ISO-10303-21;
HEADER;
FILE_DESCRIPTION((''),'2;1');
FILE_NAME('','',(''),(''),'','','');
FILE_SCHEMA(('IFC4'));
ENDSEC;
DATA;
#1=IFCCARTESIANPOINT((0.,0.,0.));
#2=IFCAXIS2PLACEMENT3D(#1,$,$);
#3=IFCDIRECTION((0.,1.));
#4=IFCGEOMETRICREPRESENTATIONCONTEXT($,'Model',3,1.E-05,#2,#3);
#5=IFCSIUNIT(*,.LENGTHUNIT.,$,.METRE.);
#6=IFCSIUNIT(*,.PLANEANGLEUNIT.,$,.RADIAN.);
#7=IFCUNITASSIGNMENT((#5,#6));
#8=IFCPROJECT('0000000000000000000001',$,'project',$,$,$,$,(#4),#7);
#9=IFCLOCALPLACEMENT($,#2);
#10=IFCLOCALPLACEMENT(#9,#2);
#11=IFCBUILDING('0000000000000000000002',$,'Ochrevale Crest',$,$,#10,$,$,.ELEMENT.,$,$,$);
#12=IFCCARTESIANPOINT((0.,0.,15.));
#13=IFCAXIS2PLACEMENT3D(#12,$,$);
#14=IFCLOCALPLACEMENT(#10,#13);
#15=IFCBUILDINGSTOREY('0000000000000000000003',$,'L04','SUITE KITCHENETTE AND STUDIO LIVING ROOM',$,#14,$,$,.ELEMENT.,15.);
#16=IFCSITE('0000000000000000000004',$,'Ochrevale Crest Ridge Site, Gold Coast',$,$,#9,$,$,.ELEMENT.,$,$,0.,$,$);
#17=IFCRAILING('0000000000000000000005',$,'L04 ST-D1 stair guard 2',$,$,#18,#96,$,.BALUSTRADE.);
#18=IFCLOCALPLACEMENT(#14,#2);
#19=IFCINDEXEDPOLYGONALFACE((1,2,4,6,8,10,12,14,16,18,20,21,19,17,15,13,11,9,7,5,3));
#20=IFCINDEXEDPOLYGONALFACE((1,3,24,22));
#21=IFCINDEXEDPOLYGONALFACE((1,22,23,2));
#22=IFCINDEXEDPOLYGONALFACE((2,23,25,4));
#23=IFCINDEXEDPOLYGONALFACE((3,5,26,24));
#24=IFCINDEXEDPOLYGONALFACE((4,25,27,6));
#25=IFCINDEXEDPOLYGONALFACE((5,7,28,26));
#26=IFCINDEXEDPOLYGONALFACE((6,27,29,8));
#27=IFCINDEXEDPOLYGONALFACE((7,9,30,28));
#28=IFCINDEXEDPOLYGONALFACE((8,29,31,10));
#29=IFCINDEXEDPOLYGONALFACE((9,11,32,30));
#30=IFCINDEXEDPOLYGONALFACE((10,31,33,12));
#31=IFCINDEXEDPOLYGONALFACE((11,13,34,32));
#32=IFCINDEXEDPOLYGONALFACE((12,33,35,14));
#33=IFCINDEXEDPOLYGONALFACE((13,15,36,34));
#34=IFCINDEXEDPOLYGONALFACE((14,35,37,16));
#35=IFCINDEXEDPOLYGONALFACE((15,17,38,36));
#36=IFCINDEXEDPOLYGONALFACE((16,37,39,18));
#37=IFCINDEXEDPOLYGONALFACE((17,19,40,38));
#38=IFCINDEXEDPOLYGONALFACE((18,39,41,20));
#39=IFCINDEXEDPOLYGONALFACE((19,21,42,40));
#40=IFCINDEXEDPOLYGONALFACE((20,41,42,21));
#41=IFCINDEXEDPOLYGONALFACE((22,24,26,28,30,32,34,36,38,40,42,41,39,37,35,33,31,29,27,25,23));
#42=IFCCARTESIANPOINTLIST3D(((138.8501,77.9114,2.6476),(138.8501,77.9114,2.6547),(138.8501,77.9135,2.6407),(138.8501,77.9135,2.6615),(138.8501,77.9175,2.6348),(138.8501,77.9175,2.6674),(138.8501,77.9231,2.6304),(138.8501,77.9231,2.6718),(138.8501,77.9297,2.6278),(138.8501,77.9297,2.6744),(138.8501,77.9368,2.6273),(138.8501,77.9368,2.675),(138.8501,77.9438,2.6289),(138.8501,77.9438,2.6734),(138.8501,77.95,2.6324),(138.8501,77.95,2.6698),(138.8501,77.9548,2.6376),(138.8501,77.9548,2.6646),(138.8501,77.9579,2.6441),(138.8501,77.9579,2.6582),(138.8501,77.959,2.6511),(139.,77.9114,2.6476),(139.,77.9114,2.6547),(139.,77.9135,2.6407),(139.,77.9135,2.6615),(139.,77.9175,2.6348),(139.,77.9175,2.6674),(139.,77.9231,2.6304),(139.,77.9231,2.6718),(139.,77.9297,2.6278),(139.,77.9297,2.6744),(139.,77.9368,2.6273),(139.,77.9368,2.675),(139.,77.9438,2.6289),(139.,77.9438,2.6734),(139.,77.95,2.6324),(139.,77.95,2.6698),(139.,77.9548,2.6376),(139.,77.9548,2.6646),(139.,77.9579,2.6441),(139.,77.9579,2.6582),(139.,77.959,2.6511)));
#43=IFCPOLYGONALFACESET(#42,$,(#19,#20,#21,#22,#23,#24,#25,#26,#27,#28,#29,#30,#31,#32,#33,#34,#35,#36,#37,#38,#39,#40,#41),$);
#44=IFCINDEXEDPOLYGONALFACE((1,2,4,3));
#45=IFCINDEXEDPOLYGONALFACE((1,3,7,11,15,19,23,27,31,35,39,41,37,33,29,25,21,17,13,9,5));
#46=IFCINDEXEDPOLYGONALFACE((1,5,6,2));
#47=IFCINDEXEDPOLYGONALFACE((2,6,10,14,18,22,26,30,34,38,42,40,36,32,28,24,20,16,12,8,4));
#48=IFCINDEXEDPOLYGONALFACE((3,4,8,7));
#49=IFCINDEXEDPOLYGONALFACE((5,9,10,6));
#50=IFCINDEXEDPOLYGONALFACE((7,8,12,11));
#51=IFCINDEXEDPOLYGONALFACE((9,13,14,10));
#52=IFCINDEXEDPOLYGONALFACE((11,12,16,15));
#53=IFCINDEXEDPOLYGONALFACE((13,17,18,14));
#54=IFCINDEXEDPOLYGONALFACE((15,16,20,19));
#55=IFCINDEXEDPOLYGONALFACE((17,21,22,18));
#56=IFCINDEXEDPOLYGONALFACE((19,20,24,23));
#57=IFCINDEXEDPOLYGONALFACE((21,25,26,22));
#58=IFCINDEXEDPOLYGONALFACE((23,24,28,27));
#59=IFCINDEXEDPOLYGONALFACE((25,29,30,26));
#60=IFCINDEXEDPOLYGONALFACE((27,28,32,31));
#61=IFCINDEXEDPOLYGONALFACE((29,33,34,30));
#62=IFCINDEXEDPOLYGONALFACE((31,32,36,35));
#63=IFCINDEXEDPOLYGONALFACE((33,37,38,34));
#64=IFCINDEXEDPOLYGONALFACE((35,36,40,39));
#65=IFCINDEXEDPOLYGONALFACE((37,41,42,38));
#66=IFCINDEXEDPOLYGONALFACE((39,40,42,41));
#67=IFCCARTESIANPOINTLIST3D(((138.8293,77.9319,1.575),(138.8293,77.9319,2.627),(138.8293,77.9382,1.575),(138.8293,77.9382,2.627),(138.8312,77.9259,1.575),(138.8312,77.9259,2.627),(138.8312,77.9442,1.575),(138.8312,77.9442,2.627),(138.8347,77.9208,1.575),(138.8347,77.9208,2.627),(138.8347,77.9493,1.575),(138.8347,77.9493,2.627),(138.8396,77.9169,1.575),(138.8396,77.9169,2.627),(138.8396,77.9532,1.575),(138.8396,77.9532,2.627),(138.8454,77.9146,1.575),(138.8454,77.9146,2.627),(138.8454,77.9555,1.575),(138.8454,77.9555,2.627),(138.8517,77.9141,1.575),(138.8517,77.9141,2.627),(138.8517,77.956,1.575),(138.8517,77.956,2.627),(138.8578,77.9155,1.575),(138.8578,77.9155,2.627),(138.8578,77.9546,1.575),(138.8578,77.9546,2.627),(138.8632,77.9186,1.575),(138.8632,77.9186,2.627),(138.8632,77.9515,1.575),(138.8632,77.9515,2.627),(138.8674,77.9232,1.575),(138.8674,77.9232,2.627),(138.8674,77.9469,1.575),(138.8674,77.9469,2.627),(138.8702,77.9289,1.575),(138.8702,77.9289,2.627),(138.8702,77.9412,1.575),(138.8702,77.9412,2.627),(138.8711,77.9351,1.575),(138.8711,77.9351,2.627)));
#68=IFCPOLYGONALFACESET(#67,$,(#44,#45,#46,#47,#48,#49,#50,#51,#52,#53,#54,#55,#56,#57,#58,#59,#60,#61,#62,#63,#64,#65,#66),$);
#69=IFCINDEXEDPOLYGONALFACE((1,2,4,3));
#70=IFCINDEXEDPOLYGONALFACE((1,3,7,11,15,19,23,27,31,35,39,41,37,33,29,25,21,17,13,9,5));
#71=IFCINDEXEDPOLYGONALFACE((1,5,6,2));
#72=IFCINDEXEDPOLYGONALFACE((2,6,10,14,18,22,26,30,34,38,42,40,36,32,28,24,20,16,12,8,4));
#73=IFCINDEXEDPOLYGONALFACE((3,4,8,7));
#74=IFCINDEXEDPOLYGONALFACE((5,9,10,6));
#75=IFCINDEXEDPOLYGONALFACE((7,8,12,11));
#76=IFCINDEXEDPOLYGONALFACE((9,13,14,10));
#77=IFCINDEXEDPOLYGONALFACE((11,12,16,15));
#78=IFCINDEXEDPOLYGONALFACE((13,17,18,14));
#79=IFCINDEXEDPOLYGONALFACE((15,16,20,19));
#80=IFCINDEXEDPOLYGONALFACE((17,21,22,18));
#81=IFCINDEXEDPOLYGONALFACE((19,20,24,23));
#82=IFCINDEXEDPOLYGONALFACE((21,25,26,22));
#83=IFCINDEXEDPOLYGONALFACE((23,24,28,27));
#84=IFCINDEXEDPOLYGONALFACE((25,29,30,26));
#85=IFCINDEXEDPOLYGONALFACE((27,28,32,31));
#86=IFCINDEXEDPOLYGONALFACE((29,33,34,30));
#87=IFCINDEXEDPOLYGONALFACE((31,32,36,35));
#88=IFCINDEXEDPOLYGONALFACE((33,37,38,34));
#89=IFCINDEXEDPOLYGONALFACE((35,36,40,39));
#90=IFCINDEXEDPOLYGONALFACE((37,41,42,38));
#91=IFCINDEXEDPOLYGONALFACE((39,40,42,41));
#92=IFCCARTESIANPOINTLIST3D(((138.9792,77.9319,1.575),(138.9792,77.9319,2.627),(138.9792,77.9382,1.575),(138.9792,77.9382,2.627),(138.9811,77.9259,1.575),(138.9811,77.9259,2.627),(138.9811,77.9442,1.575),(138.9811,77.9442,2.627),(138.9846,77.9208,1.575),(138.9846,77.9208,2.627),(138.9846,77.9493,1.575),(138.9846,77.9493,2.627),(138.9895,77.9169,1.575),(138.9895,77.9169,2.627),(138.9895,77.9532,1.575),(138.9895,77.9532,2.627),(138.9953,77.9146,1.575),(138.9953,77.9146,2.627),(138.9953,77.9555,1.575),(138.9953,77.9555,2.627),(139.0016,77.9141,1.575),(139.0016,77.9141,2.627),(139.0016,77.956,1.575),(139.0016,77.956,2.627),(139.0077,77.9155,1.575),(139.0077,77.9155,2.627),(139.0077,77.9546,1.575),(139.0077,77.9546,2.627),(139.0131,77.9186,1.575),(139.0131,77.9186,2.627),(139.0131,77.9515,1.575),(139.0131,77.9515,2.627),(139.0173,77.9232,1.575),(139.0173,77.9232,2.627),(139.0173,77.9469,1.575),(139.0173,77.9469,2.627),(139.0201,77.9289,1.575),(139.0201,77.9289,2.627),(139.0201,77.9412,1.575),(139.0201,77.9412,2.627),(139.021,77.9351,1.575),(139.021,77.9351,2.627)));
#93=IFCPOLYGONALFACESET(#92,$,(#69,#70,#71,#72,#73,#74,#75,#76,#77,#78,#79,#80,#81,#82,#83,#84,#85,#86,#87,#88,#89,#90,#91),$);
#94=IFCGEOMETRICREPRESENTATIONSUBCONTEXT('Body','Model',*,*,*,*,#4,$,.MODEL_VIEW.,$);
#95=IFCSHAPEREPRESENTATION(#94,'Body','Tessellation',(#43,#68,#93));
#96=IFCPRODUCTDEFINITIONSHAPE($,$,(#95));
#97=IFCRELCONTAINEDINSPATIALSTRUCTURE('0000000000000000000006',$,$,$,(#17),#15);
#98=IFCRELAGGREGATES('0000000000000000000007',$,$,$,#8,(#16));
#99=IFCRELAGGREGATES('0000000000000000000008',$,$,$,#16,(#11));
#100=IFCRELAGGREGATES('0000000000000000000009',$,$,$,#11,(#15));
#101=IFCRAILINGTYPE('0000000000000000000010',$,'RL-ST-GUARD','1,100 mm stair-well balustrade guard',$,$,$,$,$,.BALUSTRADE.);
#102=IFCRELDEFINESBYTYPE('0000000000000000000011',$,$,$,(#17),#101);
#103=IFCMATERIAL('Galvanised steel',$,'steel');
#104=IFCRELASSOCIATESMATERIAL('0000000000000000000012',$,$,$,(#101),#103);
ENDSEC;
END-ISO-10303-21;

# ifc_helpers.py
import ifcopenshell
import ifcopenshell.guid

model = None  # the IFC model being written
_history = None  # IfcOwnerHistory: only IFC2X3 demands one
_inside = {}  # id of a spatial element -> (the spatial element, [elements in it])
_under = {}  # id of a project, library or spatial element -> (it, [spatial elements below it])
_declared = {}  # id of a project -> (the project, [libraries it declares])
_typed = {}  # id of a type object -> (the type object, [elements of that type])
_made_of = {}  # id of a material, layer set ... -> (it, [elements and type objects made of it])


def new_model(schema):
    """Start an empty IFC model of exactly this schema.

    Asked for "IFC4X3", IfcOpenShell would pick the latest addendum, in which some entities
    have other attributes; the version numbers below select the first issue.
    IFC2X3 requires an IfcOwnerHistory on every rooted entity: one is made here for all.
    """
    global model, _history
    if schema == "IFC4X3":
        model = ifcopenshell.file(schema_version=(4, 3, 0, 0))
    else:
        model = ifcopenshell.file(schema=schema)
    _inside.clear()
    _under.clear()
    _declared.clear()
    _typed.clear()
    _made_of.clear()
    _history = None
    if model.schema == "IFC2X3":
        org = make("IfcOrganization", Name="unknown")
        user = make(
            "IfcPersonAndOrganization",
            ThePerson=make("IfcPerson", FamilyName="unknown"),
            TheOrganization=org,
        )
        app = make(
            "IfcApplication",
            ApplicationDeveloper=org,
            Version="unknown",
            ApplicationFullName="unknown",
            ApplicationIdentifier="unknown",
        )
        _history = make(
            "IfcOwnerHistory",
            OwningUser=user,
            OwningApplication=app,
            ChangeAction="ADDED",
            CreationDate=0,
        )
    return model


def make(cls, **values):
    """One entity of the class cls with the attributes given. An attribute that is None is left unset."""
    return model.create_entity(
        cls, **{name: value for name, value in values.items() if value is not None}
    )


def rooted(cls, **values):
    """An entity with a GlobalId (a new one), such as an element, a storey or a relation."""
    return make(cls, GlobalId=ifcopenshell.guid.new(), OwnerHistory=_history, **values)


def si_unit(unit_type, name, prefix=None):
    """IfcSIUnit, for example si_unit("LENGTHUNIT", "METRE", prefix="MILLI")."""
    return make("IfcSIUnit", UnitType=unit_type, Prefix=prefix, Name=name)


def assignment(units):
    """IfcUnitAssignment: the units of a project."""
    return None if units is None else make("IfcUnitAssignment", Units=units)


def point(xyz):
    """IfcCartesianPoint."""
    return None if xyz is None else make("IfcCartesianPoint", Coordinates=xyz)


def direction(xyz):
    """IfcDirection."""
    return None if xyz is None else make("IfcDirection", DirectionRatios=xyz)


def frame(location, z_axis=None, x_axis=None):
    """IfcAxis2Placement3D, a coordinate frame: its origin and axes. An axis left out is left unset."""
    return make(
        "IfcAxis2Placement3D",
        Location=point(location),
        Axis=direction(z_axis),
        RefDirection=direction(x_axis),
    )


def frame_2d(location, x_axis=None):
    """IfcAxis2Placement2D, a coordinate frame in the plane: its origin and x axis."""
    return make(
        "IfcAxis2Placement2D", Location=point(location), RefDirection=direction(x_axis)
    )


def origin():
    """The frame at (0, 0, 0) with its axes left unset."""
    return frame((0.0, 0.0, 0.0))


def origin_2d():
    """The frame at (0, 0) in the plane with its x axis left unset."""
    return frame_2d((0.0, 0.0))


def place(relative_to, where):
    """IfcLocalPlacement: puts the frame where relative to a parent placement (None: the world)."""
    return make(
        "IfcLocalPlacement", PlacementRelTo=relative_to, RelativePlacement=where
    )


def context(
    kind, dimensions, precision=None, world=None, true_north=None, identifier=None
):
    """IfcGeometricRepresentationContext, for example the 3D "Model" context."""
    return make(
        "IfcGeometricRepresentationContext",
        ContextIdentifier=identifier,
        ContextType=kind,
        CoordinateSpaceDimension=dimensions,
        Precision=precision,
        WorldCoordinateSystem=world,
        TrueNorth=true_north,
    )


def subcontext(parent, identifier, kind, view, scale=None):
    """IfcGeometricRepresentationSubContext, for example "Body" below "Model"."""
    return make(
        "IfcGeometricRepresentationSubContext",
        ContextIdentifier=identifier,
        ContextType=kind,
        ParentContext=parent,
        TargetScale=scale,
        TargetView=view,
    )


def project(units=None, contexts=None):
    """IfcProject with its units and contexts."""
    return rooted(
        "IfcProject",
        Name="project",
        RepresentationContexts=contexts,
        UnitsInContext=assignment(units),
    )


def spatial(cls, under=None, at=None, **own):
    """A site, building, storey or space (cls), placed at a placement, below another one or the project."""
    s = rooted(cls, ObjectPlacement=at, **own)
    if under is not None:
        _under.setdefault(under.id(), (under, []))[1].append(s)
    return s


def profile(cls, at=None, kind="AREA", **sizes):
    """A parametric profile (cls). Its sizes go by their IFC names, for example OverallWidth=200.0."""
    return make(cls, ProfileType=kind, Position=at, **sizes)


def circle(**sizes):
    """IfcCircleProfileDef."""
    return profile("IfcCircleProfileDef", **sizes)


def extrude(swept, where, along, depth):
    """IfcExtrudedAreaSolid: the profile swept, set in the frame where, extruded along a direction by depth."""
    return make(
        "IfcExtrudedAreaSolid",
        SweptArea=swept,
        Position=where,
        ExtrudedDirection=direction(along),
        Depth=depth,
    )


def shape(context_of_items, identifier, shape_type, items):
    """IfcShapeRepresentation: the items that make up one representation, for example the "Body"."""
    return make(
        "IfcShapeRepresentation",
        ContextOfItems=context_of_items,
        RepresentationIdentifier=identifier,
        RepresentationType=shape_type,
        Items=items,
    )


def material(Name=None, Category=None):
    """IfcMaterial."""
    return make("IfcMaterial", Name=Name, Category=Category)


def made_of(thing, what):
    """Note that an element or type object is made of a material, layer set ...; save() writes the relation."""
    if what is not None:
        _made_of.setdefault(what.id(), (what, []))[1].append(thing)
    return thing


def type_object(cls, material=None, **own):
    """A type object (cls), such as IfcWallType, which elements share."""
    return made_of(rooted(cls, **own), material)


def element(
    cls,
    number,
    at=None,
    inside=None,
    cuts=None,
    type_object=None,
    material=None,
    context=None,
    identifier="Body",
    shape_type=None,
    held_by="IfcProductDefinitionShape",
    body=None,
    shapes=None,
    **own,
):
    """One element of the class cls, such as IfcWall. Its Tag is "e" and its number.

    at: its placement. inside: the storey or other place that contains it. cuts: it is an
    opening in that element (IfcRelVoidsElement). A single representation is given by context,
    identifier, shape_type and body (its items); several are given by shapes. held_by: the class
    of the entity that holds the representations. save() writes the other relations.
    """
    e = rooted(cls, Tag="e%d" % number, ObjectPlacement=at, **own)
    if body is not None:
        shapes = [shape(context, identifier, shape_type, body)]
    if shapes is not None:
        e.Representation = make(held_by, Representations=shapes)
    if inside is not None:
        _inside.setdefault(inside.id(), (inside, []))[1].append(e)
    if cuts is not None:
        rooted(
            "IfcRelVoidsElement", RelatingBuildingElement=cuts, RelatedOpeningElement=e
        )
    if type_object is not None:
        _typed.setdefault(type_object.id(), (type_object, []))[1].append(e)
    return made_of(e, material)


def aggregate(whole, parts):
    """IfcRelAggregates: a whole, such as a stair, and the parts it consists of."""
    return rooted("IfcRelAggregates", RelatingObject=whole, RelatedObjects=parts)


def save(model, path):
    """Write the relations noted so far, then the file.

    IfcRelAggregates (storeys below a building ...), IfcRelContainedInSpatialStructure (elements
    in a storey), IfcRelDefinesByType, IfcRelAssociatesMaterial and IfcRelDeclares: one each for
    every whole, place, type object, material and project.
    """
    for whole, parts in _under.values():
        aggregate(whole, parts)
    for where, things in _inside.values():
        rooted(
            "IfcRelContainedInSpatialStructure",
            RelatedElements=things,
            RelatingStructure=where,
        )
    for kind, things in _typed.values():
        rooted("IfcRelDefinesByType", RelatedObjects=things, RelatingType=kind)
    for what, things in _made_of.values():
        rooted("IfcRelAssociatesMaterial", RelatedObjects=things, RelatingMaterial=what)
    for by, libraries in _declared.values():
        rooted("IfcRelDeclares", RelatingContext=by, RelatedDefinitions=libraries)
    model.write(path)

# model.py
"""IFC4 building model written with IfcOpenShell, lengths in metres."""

from ifc_helpers import new_model, si_unit, direction, frame, origin, origin_2d, place, context, subcontext, project, spatial, circle, extrude, material, type_object, element, save


model = new_model("IFC4")

# Units and contexts
model_context = context("Model", 3, precision=1e-05, world=origin(), true_north=direction((0.0, 1.0)))
body_context = subcontext(model_context, "Body", "Model", "MODEL_VIEW")
ifc_project = project(units=[si_unit("LENGTHUNIT", "METRE"), si_unit("PLANEANGLEUNIT", "RADIAN")], contexts=[model_context])

# Site, building, storey
site_placement = place(None, origin())
site = spatial("IfcSite", under=ifc_project, at=site_placement, Name="Ochrevale Crest Ridge Site, Gold Coast", CompositionType="ELEMENT", RefElevation=0.0)
building_placement = place(site_placement, origin())
building = spatial("IfcBuilding", under=site, at=building_placement, Name="Ochrevale Crest", CompositionType="ELEMENT")
storey_placement = place(building_placement, frame((0.0, 0.0, 15.0)))
storey = spatial("IfcBuildingStorey", under=building, at=storey_placement, Name="L04", Description="SUITE KITCHENETTE AND STUDIO LIVING ROOM", CompositionType="ELEMENT", Elevation=15.0)

# Railing
ifc_material_1 = material(Name="Galvanised steel", Category="steel")
railing_type_1 = type_object("IfcRailingType", Name="RL-ST-GUARD", Description="1,100 mm stair-well balustrade guard", PredefinedType="BALUSTRADE", material=ifc_material_1)
railing_1_placement = place(storey_placement, frame((138.8501, 77.9351, 1.575)))
element("IfcRailing", 1, at=railing_1_placement, inside=storey, type_object=railing_type_1, Name="L04 ST-D1 stair guard 2", PredefinedType="BALUSTRADE", context=body_context, shape_type="SweptSolid", body=[
    extrude(circle(Radius=0.0239, at=origin_2d()), frame((0.0, 0.0, 1.0762), z_axis=(1.0, 0.0, 0.0), x_axis=(0.0, 1.0, 0.0)), (0.0, 0.0, 1.0), 0.1499),
    extrude(circle(Radius=0.021, at=origin_2d()), origin(), (0.0, 0.0, 1.0), 1.052),
    extrude(circle(Radius=0.021, at=origin_2d()), frame((0.1499, 0.0, 0.0)), (0.0, 0.0, 1.0), 1.052),
])

save(model, "model.ifc")
